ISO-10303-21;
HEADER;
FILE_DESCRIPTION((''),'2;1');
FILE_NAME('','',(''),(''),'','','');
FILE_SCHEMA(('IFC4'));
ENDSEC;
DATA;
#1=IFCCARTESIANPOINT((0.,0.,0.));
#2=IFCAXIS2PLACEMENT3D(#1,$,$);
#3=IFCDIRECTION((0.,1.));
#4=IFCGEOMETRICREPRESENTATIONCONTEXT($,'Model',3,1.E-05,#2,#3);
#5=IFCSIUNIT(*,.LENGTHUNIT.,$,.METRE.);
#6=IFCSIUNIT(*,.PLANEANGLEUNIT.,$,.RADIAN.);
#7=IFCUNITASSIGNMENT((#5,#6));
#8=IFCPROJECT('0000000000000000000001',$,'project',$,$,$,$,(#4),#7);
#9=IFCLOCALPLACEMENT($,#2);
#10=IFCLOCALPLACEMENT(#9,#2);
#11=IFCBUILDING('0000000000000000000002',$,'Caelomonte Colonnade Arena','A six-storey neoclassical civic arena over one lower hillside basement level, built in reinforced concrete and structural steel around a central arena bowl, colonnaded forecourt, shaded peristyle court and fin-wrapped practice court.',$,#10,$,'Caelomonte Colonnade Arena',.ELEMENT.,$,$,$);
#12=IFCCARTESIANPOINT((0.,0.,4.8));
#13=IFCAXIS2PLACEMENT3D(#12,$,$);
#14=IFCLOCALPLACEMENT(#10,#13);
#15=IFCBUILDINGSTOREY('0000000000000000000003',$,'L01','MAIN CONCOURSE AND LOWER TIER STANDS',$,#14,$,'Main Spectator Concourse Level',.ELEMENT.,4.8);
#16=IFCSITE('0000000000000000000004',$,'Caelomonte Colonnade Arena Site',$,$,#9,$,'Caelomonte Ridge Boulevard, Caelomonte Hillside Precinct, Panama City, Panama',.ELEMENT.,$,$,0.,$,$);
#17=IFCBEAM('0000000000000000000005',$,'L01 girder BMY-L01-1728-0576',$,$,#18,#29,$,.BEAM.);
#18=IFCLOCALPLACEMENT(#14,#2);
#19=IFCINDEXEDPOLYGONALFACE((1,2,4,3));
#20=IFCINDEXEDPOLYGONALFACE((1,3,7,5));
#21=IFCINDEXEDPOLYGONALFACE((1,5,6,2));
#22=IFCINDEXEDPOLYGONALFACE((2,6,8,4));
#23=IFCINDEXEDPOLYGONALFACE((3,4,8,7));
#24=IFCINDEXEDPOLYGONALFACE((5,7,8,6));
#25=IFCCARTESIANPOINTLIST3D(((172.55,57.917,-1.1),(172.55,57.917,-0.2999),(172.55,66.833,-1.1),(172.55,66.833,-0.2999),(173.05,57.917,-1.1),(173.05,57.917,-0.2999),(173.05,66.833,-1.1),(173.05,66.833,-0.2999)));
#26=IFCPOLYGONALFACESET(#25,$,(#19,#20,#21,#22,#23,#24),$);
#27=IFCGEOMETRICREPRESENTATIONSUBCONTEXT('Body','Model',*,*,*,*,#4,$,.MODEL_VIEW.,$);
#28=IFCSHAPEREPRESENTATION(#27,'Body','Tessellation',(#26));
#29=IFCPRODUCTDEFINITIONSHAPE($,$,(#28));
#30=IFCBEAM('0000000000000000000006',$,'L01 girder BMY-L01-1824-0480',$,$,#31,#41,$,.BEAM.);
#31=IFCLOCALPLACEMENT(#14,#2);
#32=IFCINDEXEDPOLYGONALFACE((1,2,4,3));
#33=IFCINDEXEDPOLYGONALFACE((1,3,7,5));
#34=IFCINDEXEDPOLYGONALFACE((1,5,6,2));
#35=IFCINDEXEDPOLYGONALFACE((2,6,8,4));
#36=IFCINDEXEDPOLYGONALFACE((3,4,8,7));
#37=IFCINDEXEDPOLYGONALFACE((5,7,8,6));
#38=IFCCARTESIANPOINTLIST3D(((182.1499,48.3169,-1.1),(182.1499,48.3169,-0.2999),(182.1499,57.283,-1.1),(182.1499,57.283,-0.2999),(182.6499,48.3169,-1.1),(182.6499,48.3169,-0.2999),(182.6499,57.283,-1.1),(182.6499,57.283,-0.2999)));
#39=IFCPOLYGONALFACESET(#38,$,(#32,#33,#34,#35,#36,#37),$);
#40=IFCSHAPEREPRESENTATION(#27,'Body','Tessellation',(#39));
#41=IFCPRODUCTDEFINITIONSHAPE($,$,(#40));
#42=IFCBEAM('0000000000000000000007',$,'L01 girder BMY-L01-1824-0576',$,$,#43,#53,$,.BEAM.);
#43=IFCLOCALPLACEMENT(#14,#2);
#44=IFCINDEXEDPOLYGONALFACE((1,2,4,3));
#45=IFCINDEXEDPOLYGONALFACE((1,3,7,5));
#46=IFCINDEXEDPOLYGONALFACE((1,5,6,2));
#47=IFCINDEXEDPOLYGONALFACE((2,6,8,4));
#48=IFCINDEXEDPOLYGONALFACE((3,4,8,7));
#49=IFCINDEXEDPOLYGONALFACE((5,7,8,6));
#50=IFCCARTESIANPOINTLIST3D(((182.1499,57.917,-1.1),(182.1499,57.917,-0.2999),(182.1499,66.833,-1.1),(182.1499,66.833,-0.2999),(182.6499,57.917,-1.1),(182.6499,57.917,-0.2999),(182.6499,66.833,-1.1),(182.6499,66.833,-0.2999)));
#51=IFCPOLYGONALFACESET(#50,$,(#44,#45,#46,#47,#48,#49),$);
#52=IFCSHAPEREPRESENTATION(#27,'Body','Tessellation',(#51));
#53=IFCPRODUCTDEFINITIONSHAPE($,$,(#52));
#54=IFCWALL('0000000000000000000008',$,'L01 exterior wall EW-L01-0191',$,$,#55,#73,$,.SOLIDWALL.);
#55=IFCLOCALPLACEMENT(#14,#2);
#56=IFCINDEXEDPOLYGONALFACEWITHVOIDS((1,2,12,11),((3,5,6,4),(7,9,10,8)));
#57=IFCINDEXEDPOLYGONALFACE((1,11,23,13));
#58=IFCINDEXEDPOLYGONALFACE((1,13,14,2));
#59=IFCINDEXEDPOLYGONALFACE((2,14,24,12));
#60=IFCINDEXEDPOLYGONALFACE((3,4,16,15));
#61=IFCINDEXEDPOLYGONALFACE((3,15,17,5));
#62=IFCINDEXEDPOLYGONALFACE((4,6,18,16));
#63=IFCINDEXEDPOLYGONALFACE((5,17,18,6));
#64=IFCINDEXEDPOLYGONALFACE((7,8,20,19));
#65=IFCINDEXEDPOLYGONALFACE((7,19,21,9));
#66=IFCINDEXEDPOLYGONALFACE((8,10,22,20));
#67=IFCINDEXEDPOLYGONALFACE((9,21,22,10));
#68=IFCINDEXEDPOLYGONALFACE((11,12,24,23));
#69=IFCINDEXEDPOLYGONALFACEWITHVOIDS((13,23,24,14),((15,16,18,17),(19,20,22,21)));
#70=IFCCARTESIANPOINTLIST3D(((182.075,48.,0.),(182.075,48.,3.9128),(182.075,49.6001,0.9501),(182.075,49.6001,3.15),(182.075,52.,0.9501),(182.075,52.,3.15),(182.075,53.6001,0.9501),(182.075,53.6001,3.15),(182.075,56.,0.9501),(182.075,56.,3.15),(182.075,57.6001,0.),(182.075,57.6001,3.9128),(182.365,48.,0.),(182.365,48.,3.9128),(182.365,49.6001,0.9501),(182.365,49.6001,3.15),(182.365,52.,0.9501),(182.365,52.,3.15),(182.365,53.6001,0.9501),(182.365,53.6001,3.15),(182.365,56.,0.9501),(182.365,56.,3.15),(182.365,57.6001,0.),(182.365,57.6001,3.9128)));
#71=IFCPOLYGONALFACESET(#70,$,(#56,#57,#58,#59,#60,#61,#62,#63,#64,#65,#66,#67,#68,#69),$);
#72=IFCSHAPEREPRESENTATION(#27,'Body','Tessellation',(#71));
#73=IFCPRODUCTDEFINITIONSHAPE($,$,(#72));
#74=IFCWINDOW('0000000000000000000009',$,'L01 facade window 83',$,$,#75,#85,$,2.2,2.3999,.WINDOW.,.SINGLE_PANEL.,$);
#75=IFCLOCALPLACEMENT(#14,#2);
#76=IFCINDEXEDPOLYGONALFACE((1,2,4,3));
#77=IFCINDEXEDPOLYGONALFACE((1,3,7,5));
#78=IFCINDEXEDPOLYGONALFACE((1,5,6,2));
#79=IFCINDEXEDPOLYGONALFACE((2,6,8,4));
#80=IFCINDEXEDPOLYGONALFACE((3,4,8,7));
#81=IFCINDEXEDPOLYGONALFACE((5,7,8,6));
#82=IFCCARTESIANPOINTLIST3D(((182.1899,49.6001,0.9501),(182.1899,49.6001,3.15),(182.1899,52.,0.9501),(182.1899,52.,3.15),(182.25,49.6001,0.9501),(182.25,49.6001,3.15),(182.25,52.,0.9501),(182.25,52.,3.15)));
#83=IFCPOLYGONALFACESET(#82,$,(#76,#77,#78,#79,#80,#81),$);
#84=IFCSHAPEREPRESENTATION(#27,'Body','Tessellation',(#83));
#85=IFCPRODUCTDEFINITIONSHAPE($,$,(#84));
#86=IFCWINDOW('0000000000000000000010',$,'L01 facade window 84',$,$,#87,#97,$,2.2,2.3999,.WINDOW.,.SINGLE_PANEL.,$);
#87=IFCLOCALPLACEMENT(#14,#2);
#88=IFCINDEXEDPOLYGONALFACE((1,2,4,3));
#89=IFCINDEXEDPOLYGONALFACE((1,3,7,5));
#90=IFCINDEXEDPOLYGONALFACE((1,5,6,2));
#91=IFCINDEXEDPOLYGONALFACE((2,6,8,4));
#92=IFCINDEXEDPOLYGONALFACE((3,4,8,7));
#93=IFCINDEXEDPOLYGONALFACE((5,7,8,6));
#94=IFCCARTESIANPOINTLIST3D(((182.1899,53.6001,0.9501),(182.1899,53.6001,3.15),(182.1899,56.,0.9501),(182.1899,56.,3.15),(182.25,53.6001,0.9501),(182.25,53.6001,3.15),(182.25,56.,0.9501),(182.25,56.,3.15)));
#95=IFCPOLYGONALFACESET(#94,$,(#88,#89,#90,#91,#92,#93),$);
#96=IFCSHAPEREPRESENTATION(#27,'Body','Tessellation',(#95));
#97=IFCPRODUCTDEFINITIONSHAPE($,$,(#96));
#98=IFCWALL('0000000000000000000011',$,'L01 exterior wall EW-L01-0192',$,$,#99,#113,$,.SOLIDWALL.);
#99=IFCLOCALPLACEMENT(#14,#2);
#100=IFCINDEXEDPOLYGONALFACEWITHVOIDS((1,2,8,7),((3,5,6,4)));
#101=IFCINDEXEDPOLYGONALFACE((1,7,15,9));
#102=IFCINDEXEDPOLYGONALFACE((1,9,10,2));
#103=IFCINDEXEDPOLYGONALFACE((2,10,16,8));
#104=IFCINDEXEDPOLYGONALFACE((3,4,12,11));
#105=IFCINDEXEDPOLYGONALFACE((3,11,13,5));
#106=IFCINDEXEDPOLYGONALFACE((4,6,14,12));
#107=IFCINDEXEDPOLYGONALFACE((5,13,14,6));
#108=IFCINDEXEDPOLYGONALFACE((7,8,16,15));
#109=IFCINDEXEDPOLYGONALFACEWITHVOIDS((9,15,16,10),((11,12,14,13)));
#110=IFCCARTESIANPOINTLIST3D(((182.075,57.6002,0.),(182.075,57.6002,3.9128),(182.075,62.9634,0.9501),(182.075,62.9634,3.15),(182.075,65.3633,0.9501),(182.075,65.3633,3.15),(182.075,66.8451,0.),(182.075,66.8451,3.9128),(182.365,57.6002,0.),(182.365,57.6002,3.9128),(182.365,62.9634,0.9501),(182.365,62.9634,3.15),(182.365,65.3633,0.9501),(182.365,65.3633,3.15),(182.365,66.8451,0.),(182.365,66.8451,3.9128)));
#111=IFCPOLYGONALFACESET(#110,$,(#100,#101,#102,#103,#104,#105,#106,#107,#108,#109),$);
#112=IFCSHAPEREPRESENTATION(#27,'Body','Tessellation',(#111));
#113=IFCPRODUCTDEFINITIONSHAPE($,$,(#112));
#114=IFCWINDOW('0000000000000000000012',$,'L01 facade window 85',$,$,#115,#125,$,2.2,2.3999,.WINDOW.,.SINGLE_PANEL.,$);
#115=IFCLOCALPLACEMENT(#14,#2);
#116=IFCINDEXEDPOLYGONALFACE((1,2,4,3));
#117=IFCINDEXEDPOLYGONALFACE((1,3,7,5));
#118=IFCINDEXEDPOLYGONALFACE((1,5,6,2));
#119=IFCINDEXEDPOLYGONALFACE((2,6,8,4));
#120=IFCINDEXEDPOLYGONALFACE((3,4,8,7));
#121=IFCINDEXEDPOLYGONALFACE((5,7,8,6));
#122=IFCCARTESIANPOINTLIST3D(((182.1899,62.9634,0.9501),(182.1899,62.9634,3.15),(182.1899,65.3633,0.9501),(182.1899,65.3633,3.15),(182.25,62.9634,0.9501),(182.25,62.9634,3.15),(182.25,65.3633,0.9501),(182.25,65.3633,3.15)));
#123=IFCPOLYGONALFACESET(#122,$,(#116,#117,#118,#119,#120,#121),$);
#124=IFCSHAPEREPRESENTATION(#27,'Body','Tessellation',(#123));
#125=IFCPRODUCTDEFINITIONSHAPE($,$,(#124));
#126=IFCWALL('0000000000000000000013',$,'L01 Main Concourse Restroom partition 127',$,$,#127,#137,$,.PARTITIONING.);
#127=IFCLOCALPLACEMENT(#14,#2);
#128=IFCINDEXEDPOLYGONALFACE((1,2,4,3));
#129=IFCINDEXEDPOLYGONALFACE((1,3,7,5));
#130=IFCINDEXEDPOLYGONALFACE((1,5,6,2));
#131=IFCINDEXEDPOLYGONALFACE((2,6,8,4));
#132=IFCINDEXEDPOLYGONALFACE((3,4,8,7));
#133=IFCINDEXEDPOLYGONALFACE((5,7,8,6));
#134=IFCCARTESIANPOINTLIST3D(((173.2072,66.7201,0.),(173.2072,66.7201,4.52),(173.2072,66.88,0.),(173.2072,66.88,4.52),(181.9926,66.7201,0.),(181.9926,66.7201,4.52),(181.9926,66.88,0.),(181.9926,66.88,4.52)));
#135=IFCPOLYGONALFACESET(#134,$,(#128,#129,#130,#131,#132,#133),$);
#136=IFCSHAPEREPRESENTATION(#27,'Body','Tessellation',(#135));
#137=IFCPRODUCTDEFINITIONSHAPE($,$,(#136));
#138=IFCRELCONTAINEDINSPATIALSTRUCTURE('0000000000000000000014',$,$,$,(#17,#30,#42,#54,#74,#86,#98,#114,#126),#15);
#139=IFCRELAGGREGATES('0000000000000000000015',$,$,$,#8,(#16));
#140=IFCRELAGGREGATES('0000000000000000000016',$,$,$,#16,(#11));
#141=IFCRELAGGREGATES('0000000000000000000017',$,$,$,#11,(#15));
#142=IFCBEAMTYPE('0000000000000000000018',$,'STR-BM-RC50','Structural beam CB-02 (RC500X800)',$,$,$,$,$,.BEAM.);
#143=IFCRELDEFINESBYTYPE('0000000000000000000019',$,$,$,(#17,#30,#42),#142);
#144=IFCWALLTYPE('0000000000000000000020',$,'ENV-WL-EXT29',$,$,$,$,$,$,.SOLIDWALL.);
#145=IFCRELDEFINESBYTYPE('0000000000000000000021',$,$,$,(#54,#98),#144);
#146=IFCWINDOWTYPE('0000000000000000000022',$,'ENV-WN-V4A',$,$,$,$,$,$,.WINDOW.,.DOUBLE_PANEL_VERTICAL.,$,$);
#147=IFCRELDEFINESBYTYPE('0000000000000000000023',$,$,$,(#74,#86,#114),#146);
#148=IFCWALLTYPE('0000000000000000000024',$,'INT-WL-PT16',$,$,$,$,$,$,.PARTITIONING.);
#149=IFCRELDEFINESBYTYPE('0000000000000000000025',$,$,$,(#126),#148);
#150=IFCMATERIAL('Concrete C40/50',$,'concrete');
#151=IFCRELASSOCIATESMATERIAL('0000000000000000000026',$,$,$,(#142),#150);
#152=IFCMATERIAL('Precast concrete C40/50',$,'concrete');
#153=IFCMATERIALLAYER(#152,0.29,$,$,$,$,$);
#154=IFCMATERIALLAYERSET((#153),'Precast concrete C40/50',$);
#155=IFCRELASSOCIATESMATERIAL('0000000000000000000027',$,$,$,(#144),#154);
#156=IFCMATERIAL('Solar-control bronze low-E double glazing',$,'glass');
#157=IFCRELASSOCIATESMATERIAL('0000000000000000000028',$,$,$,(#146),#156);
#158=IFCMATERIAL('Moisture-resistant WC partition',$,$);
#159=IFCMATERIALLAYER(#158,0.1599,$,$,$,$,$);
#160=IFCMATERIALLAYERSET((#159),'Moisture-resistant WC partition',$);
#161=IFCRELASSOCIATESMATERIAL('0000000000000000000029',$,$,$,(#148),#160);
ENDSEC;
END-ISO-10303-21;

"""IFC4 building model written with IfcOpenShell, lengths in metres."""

from ifc_helpers import new_model, si_unit, direction, frame, frame_2d, origin, origin_2d, place, context, subcontext, project, spatial, rectangle, extrude, material, layer, layer_set, material_profile, profile_set, type_object, element, fill, save


model = new_model("IFC4")

# Units and contexts
model_context = context("Model", 3, precision=1e-05, world=origin(), true_north=direction((0.0, 1.0)))
body_context = subcontext(model_context, "Body", "Model", "MODEL_VIEW")
ifc_project = project(units=[si_unit("LENGTHUNIT", "METRE"), si_unit("PLANEANGLEUNIT", "RADIAN")], contexts=[model_context])

# Site, building, storey
site_placement = place(None, origin())
site = spatial("IfcSite", under=ifc_project, at=site_placement, Name="Caelomonte Colonnade Arena Site", LongName="Caelomonte Ridge Boulevard, Caelomonte Hillside Precinct, Panama City, Panama", CompositionType="ELEMENT", RefElevation=0.0)
building_placement = place(site_placement, origin())
building = spatial("IfcBuilding", under=site, at=building_placement, Name="Caelomonte Colonnade Arena", Description="A six-storey neoclassical civic arena over one lower hillside basement level, built in reinforced concrete and structural steel around a central arena bowl, colonnaded forecourt, shaded peristyle court and fin-wrapped practice court.", LongName="Caelomonte Colonnade Arena", CompositionType="ELEMENT")
storey_placement = place(building_placement, frame((0.0, 0.0, 4.8)))
storey = spatial("IfcBuildingStorey", under=building, at=storey_placement, Name="L01", Description="MAIN CONCOURSE AND LOWER TIER STANDS", LongName="Main Spectator Concourse Level", CompositionType="ELEMENT", Elevation=4.8)

# Shared definitions
ifc_material_1 = material(Name="Concrete C40/50", Category="concrete")

# Beams
ifc_material_profile_1 = material_profile(ifc_material_1, rectangle(XDim=0.5, YDim=0.8, at=origin_2d()), Name="RC500X800")
ifc_profile_set_1 = profile_set([ifc_material_profile_1], Name="Concrete C40/50")
beam_type_1 = type_object("IfcBeamType", Name="STR-BM-RC50", Description="Structural beam CB-02 (RC500X800)", PredefinedType="BEAM", material=ifc_profile_set_1)
beam_1_placement = place(storey_placement, frame((172.8, 57.917, -0.7), z_axis=(0.0, 1.0, 0.0), x_axis=(-1.0, 0.0, 0.0)))
element("IfcBeam", 1, at=beam_1_placement, inside=storey, type_object=beam_type_1, Name="L01 girder BMY-L01-1728-0576", PredefinedType="BEAM", context=body_context, shape_type="SweptSolid", body=[
    extrude(rectangle(XDim=0.5, YDim=0.8, at=origin_2d()), origin(), (0.0, 0.0, 1.0), 8.916),
])
beam_2_placement = place(storey_placement, frame((182.3999, 48.3169, -0.7), z_axis=(0.0, 1.0, 0.0), x_axis=(-1.0, 0.0, 0.0)))
element("IfcBeam", 2, at=beam_2_placement, inside=storey, type_object=beam_type_1, Name="L01 girder BMY-L01-1824-0480", PredefinedType="BEAM", context=body_context, shape_type="SweptSolid", body=[
    extrude(rectangle(XDim=0.5, YDim=0.8, at=origin_2d()), origin(), (0.0, 0.0, 1.0), 8.9661),
])
beam_3_placement = place(storey_placement, frame((182.3999, 57.917, -0.7), z_axis=(0.0, 1.0, 0.0), x_axis=(-1.0, 0.0, 0.0)))
element("IfcBeam", 3, at=beam_3_placement, inside=storey, type_object=beam_type_1, Name="L01 girder BMY-L01-1824-0576", PredefinedType="BEAM", context=body_context, shape_type="SweptSolid", body=[
    extrude(rectangle(XDim=0.5, YDim=0.8, at=origin_2d()), origin(), (0.0, 0.0, 1.0), 8.916),
])

# Wall, openings, windows
ifc_material_2 = material(Name="Precast concrete C40/50", Category="concrete")
ifc_layer_1 = layer(ifc_material_2, 0.29)
ifc_layer_set_1 = layer_set([ifc_layer_1], Name="Precast concrete C40/50")
wall_type_1 = type_object("IfcWallType", Name="ENV-WL-EXT29", PredefinedType="SOLIDWALL", material=ifc_layer_set_1)
wall_1_placement = place(storey_placement, frame((182.22, 48.0, 0.0), z_axis=(0.0, 0.0, 1.0), x_axis=(0.0, 1.0, 0.0)))
wall_1 = element("IfcWall", 4, at=wall_1_placement, inside=storey, type_object=wall_type_1, Name="L01 exterior wall EW-L01-0191", PredefinedType="SOLIDWALL", context=body_context, shape_type="SweptSolid", body=[
    extrude(rectangle(XDim=9.6001, YDim=0.29, at=frame_2d((4.8, 0.0))), origin(), (0.0, 0.0, 1.0), 3.9128),
])
opening_1_placement = place(wall_1_placement, frame((4.0, 0.0, 0.95), z_axis=(0.0, 0.0, 1.0), x_axis=(-1.0, 0.0, 0.0)))
opening_1 = element("IfcOpeningElement", 5, at=opening_1_placement, cuts=wall_1, PredefinedType="OPENING", context=body_context, shape_type="SweptSolid", body=[
    extrude(rectangle(XDim=2.3999, YDim=2.2, at=frame_2d((1.2, 1.1001))), frame((0.0, 0.155, 0.0), z_axis=(0.0, -1.0, 0.0), x_axis=(1.0, 0.0, 0.0)), (0.0, 0.0, 1.0), 0.3101),
])
opening_2_placement = place(wall_1_placement, frame((8.0, 0.0, 0.95), z_axis=(0.0, 0.0, 1.0), x_axis=(-1.0, 0.0, 0.0)))
opening_2 = element("IfcOpeningElement", 6, at=opening_2_placement, cuts=wall_1, PredefinedType="OPENING", context=body_context, shape_type="SweptSolid", body=[
    extrude(rectangle(XDim=2.3999, YDim=2.2, at=frame_2d((1.2, 1.1001))), frame((0.0, 0.155, 0.0), z_axis=(0.0, -1.0, 0.0), x_axis=(1.0, 0.0, 0.0)), (0.0, 0.0, 1.0), 0.3101),
])
ifc_material_3 = material(Name="Solar-control bronze low-E double glazing", Category="glass")
window_type = type_object("IfcWindowType", Name="ENV-WN-V4A", PartitioningType="DOUBLE_PANEL_VERTICAL", PredefinedType="WINDOW", material=ifc_material_3)
window_1_placement = place(opening_1_placement, origin())
window_1 = element("IfcWindow", 7, at=window_1_placement, inside=storey, type_object=window_type, Name="L01 facade window 83", OverallHeight=2.2, OverallWidth=2.3999, PartitioningType="SINGLE_PANEL", PredefinedType="WINDOW", context=body_context, shape_type="SweptSolid", body=[
    extrude(rectangle(XDim=2.3999, YDim=2.2, at=frame_2d((1.2, 1.1001))), frame((0.0, 0.03, 0.0), z_axis=(0.0, -1.0, 0.0), x_axis=(1.0, 0.0, 0.0)), (0.0, 0.0, 1.0), 0.0601),
])
fill(opening_1, window_1)
window_2_placement = place(opening_2_placement, origin())
window_2 = element("IfcWindow", 8, at=window_2_placement, inside=storey, type_object=window_type, Name="L01 facade window 84", OverallHeight=2.2, OverallWidth=2.3999, PartitioningType="SINGLE_PANEL", PredefinedType="WINDOW", context=body_context, shape_type="SweptSolid", body=[
    extrude(rectangle(XDim=2.3999, YDim=2.2, at=frame_2d((1.2, 1.1001))), frame((0.0, 0.03, 0.0), z_axis=(0.0, -1.0, 0.0), x_axis=(1.0, 0.0, 0.0)), (0.0, 0.0, 1.0), 0.0601),
])
fill(opening_2, window_2)

# Wall, opening, window
wall_2_placement = place(storey_placement, frame((182.22, 57.6001, 0.0), z_axis=(0.0, 0.0, 1.0), x_axis=(0.0, 1.0, 0.0)))
wall_2 = element("IfcWall", 9, at=wall_2_placement, inside=storey, type_object=wall_type_1, Name="L01 exterior wall EW-L01-0192", PredefinedType="SOLIDWALL", context=body_context, shape_type="SweptSolid", body=[
    extrude(rectangle(XDim=9.2449, YDim=0.29, at=frame_2d((4.6226, 0.0))), origin(), (0.0, 0.0, 1.0), 3.9128),
])
opening_3_placement = place(wall_2_placement, frame((7.7632, 0.0, 0.95), z_axis=(0.0, 0.0, 1.0), x_axis=(-1.0, 0.0, 0.0)))
opening_3 = element("IfcOpeningElement", 10, at=opening_3_placement, cuts=wall_2, PredefinedType="OPENING", context=body_context, shape_type="SweptSolid", body=[
    extrude(rectangle(XDim=2.3999, YDim=2.2, at=frame_2d((1.2, 1.1001))), frame((0.0, 0.155, 0.0), z_axis=(0.0, -1.0, 0.0), x_axis=(1.0, 0.0, 0.0)), (0.0, 0.0, 1.0), 0.3101),
])
window_3_placement = place(opening_3_placement, origin())
window_3 = element("IfcWindow", 11, at=window_3_placement, inside=storey, type_object=window_type, Name="L01 facade window 85", OverallHeight=2.2, OverallWidth=2.3999, PartitioningType="SINGLE_PANEL", PredefinedType="WINDOW", context=body_context, shape_type="SweptSolid", body=[
    extrude(rectangle(XDim=2.3999, YDim=2.2, at=frame_2d((1.2, 1.1001))), frame((0.0, 0.03, 0.0), z_axis=(0.0, -1.0, 0.0), x_axis=(1.0, 0.0, 0.0)), (0.0, 0.0, 1.0), 0.0601),
])
fill(opening_3, window_3)

# Wall
ifc_material_4 = material(Name="Moisture-resistant WC partition")
ifc_layer_2 = layer(ifc_material_4, 0.1599)
ifc_layer_set_2 = layer_set([ifc_layer_2], Name="Moisture-resistant WC partition")
wall_type_2 = type_object("IfcWallType", Name="INT-WL-PT16", PredefinedType="PARTITIONING", material=ifc_layer_set_2)
wall_3_placement = place(storey_placement, frame((173.2073, 66.8, 0.0), z_axis=(0.0, 0.0, 1.0), x_axis=(1.0, 0.0, 0.0)))
element("IfcWall", 12, at=wall_3_placement, inside=storey, type_object=wall_type_2, Name="L01 Main Concourse Restroom partition 127", PredefinedType="PARTITIONING", context=body_context, shape_type="SweptSolid", body=[
    extrude(rectangle(XDim=8.7854, YDim=0.1599, at=frame_2d((4.3926, 0.0))), origin(), (0.0, 0.0, 1.0), 4.52),
])

save(model, "model.ifc")
